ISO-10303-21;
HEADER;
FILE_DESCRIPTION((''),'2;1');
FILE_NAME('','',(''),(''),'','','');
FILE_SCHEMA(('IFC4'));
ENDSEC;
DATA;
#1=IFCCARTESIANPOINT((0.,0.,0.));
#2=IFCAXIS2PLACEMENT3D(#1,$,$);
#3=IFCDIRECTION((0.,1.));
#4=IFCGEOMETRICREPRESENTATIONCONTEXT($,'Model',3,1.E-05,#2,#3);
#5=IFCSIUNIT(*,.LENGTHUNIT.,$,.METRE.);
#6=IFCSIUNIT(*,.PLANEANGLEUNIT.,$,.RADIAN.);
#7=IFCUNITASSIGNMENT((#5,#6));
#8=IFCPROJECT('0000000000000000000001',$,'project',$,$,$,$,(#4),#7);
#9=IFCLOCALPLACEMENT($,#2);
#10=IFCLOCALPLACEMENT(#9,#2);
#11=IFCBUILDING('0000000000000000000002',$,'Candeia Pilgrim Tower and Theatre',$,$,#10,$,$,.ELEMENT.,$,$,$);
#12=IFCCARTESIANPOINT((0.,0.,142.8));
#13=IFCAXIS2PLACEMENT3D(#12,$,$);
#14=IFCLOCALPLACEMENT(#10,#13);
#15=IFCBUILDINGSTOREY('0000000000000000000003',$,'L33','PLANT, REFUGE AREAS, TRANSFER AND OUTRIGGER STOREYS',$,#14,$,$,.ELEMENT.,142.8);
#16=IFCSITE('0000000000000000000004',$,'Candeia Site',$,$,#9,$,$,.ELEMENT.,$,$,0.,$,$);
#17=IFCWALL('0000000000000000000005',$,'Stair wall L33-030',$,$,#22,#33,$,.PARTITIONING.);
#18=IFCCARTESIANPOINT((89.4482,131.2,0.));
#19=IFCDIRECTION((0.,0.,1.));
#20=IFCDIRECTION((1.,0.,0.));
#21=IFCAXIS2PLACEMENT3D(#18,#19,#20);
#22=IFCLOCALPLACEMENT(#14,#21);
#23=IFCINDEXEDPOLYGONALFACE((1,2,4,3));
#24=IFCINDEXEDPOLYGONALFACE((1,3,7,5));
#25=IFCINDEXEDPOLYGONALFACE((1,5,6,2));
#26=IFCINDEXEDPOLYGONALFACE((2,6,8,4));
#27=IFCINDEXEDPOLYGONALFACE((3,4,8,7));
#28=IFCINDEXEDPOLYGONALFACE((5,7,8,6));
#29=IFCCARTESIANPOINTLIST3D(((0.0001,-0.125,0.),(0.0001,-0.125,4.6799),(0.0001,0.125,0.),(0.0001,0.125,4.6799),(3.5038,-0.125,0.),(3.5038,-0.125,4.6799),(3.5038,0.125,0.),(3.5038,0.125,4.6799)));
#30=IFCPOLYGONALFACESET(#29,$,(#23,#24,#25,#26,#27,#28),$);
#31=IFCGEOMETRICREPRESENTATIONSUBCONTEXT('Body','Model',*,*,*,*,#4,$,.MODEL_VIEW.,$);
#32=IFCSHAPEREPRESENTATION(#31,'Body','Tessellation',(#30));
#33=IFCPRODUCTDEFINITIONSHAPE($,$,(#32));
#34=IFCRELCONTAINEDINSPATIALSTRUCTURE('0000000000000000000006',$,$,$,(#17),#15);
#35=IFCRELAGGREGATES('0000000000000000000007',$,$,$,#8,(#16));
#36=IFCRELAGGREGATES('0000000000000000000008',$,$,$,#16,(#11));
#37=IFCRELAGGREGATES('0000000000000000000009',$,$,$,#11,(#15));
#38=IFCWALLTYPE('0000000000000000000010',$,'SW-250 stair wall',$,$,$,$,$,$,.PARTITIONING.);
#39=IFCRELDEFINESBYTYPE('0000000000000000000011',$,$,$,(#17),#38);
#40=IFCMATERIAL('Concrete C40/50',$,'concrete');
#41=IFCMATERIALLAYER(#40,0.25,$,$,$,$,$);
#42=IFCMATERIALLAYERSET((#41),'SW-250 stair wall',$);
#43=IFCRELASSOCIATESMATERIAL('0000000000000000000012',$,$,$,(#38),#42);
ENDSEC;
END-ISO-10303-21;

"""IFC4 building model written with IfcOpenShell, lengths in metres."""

from ifc_helpers import new_model, si_unit, direction, frame, frame_2d, origin, place, context, subcontext, project, spatial, rectangle, extrude, material, layer, layer_set, type_object, element, save


model = new_model("IFC4")

# Units and contexts
model_context = context("Model", 3, precision=1e-05, world=origin(), true_north=direction((0.0, 1.0)))
body_context = subcontext(model_context, "Body", "Model", "MODEL_VIEW")
ifc_project = project(units=[si_unit("LENGTHUNIT", "METRE"), si_unit("PLANEANGLEUNIT", "RADIAN")], contexts=[model_context])

# Site, building, storey
site_placement = place(None, origin())
site = spatial("IfcSite", under=ifc_project, at=site_placement, Name="Candeia Site", CompositionType="ELEMENT", RefElevation=0.0)
building_placement = place(site_placement, origin())
building = spatial("IfcBuilding", under=site, at=building_placement, Name="Candeia Pilgrim Tower and Theatre", CompositionType="ELEMENT")
storey_placement = place(building_placement, frame((0.0, 0.0, 142.8)))
storey = spatial("IfcBuildingStorey", under=building, at=storey_placement, Name="L33", Description="PLANT, REFUGE AREAS, TRANSFER AND OUTRIGGER STOREYS", CompositionType="ELEMENT", Elevation=142.8)

# Wall
ifc_material_1 = material(Name="Concrete C40/50", Category="concrete")
ifc_layer_1 = layer(ifc_material_1, 0.25)
ifc_layer_set_1 = layer_set([ifc_layer_1], Name="SW-250 stair wall")
wall_type_1 = type_object("IfcWallType", Name="SW-250 stair wall", PredefinedType="PARTITIONING", material=ifc_layer_set_1)
wall_1_placement = place(storey_placement, frame((89.4482, 131.2, 0.0), z_axis=(0.0, 0.0, 1.0), x_axis=(1.0, 0.0, 0.0)))
element("IfcWall", 1, at=wall_1_placement, inside=storey, type_object=wall_type_1, Name="Stair wall L33-030", PredefinedType="PARTITIONING", context=body_context, shape_type="SweptSolid", body=[
    extrude(rectangle(XDim=3.5037, YDim=0.25, at=frame_2d((1.752, 0.0))), origin(), (0.0, 0.0, 1.0), 4.6799),
])

save(model, "model.ifc")
